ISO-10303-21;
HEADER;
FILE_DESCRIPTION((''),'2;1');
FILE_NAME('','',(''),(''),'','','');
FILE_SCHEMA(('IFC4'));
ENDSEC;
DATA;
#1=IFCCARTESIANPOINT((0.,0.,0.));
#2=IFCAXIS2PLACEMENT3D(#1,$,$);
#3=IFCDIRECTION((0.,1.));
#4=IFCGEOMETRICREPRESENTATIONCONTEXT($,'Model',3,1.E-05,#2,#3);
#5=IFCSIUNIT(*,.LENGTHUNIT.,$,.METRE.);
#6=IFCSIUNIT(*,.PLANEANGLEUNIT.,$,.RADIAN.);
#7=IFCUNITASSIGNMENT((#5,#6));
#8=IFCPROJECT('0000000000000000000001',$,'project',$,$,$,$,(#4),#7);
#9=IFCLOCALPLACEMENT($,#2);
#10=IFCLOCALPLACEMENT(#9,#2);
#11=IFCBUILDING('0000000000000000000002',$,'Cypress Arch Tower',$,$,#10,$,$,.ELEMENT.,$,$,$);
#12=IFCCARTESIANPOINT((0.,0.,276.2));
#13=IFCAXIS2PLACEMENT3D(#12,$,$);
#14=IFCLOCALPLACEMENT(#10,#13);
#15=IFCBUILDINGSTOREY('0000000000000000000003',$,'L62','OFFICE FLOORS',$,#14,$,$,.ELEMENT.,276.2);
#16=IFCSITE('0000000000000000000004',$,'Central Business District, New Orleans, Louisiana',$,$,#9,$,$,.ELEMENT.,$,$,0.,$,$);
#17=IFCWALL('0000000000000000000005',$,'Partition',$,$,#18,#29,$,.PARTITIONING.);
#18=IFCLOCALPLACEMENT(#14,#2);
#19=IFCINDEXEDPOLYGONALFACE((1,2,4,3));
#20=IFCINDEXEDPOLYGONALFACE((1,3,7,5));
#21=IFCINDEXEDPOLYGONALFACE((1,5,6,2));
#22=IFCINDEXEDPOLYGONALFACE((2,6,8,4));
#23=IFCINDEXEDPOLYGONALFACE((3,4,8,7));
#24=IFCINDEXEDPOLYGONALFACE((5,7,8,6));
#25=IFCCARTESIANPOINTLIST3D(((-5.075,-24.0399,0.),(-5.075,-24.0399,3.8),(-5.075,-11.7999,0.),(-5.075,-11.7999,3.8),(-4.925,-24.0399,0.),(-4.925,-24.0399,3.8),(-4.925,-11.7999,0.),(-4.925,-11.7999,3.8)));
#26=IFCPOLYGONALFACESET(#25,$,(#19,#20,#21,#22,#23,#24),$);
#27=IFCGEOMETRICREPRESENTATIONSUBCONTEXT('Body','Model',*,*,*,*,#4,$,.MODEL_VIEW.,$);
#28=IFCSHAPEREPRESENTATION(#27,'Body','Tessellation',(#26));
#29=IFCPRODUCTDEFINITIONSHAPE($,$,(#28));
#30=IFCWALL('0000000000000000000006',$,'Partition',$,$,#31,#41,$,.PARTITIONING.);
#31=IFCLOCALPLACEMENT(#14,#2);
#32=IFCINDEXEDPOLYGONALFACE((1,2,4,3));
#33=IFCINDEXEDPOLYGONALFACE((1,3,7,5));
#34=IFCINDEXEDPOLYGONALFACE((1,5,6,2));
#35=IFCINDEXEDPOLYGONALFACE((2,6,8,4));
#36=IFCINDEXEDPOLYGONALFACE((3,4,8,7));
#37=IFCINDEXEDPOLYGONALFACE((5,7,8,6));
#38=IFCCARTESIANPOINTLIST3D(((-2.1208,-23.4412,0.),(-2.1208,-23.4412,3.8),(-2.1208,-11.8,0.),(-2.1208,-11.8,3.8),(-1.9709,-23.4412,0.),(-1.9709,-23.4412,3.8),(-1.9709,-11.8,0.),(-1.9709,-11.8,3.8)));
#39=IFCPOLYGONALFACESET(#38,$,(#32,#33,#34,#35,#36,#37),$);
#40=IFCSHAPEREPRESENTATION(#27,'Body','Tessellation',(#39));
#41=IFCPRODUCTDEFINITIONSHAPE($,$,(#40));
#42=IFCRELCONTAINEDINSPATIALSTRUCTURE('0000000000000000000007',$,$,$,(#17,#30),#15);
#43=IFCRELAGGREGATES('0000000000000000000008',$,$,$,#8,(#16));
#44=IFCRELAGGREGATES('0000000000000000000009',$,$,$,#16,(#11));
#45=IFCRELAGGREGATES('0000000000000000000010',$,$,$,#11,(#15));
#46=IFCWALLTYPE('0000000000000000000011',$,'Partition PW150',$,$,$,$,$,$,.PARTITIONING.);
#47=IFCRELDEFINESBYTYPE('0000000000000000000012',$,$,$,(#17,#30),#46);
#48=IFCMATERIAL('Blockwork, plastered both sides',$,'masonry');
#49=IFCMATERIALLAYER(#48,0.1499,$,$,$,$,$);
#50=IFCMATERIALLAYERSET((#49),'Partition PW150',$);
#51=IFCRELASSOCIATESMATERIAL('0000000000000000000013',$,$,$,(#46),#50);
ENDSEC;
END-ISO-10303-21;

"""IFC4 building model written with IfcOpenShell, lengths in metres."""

from ifc_helpers import new_model, si_unit, direction, frame, frame_2d, origin, place, context, subcontext, project, spatial, rectangle, extrude, material, layer, layer_set, type_object, element, save


model = new_model("IFC4")

# Units and contexts
model_context = context("Model", 3, precision=1e-05, world=origin(), true_north=direction((0.0, 1.0)))
body_context = subcontext(model_context, "Body", "Model", "MODEL_VIEW")
ifc_project = project(units=[si_unit("LENGTHUNIT", "METRE"), si_unit("PLANEANGLEUNIT", "RADIAN")], contexts=[model_context])

# Site, building, storey
site_placement = place(None, origin())
site = spatial("IfcSite", under=ifc_project, at=site_placement, Name="Central Business District, New Orleans, Louisiana", CompositionType="ELEMENT", RefElevation=0.0)
building_placement = place(site_placement, origin())
building = spatial("IfcBuilding", under=site, at=building_placement, Name="Cypress Arch Tower", CompositionType="ELEMENT")
storey_placement = place(building_placement, frame((0.0, 0.0, 276.2)))
storey = spatial("IfcBuildingStorey", under=building, at=storey_placement, Name="L62", Description="OFFICE FLOORS", CompositionType="ELEMENT", Elevation=276.2)

# Walls
ifc_material_1 = material(Name="Blockwork, plastered both sides", Category="masonry")
ifc_layer_1 = layer(ifc_material_1, 0.1499)
ifc_layer_set_1 = layer_set([ifc_layer_1], Name="Partition PW150")
wall_type_1 = type_object("IfcWallType", Name="Partition PW150", PredefinedType="PARTITIONING", material=ifc_layer_set_1)
for number, where, z_axis, x_axis, name in (
    (1, (-5.0, -24.04, 0.0), (0.0, 0.0, 1.0), (0.0, 1.0, 0.0), "Partition"),
):
    element("IfcWall", number, at=place(storey_placement, frame(where, z_axis=z_axis, x_axis=x_axis)), inside=storey, type_object=wall_type_1, Name=name, PredefinedType="PARTITIONING", context=body_context, shape_type="SweptSolid", body=[
        extrude(rectangle(XDim=12.24, YDim=0.1499, at=frame_2d((6.1201, 0.0))), origin(), (0.0, 0.0, 1.0), 3.8),
    ])
wall_1_placement = place(storey_placement, frame((-2.0459, -23.4412, 0.0), z_axis=(0.0, 0.0, 1.0), x_axis=(0.0, 1.0, 0.0)))
element("IfcWall", 2, at=wall_1_placement, inside=storey, type_object=wall_type_1, Name="Partition", PredefinedType="PARTITIONING", context=body_context, shape_type="SweptSolid", body=[
    extrude(rectangle(XDim=11.6411, YDim=0.1499, at=frame_2d((5.8206, 0.0))), origin(), (0.0, 0.0, 1.0), 3.8),
])

save(model, "model.ifc")
